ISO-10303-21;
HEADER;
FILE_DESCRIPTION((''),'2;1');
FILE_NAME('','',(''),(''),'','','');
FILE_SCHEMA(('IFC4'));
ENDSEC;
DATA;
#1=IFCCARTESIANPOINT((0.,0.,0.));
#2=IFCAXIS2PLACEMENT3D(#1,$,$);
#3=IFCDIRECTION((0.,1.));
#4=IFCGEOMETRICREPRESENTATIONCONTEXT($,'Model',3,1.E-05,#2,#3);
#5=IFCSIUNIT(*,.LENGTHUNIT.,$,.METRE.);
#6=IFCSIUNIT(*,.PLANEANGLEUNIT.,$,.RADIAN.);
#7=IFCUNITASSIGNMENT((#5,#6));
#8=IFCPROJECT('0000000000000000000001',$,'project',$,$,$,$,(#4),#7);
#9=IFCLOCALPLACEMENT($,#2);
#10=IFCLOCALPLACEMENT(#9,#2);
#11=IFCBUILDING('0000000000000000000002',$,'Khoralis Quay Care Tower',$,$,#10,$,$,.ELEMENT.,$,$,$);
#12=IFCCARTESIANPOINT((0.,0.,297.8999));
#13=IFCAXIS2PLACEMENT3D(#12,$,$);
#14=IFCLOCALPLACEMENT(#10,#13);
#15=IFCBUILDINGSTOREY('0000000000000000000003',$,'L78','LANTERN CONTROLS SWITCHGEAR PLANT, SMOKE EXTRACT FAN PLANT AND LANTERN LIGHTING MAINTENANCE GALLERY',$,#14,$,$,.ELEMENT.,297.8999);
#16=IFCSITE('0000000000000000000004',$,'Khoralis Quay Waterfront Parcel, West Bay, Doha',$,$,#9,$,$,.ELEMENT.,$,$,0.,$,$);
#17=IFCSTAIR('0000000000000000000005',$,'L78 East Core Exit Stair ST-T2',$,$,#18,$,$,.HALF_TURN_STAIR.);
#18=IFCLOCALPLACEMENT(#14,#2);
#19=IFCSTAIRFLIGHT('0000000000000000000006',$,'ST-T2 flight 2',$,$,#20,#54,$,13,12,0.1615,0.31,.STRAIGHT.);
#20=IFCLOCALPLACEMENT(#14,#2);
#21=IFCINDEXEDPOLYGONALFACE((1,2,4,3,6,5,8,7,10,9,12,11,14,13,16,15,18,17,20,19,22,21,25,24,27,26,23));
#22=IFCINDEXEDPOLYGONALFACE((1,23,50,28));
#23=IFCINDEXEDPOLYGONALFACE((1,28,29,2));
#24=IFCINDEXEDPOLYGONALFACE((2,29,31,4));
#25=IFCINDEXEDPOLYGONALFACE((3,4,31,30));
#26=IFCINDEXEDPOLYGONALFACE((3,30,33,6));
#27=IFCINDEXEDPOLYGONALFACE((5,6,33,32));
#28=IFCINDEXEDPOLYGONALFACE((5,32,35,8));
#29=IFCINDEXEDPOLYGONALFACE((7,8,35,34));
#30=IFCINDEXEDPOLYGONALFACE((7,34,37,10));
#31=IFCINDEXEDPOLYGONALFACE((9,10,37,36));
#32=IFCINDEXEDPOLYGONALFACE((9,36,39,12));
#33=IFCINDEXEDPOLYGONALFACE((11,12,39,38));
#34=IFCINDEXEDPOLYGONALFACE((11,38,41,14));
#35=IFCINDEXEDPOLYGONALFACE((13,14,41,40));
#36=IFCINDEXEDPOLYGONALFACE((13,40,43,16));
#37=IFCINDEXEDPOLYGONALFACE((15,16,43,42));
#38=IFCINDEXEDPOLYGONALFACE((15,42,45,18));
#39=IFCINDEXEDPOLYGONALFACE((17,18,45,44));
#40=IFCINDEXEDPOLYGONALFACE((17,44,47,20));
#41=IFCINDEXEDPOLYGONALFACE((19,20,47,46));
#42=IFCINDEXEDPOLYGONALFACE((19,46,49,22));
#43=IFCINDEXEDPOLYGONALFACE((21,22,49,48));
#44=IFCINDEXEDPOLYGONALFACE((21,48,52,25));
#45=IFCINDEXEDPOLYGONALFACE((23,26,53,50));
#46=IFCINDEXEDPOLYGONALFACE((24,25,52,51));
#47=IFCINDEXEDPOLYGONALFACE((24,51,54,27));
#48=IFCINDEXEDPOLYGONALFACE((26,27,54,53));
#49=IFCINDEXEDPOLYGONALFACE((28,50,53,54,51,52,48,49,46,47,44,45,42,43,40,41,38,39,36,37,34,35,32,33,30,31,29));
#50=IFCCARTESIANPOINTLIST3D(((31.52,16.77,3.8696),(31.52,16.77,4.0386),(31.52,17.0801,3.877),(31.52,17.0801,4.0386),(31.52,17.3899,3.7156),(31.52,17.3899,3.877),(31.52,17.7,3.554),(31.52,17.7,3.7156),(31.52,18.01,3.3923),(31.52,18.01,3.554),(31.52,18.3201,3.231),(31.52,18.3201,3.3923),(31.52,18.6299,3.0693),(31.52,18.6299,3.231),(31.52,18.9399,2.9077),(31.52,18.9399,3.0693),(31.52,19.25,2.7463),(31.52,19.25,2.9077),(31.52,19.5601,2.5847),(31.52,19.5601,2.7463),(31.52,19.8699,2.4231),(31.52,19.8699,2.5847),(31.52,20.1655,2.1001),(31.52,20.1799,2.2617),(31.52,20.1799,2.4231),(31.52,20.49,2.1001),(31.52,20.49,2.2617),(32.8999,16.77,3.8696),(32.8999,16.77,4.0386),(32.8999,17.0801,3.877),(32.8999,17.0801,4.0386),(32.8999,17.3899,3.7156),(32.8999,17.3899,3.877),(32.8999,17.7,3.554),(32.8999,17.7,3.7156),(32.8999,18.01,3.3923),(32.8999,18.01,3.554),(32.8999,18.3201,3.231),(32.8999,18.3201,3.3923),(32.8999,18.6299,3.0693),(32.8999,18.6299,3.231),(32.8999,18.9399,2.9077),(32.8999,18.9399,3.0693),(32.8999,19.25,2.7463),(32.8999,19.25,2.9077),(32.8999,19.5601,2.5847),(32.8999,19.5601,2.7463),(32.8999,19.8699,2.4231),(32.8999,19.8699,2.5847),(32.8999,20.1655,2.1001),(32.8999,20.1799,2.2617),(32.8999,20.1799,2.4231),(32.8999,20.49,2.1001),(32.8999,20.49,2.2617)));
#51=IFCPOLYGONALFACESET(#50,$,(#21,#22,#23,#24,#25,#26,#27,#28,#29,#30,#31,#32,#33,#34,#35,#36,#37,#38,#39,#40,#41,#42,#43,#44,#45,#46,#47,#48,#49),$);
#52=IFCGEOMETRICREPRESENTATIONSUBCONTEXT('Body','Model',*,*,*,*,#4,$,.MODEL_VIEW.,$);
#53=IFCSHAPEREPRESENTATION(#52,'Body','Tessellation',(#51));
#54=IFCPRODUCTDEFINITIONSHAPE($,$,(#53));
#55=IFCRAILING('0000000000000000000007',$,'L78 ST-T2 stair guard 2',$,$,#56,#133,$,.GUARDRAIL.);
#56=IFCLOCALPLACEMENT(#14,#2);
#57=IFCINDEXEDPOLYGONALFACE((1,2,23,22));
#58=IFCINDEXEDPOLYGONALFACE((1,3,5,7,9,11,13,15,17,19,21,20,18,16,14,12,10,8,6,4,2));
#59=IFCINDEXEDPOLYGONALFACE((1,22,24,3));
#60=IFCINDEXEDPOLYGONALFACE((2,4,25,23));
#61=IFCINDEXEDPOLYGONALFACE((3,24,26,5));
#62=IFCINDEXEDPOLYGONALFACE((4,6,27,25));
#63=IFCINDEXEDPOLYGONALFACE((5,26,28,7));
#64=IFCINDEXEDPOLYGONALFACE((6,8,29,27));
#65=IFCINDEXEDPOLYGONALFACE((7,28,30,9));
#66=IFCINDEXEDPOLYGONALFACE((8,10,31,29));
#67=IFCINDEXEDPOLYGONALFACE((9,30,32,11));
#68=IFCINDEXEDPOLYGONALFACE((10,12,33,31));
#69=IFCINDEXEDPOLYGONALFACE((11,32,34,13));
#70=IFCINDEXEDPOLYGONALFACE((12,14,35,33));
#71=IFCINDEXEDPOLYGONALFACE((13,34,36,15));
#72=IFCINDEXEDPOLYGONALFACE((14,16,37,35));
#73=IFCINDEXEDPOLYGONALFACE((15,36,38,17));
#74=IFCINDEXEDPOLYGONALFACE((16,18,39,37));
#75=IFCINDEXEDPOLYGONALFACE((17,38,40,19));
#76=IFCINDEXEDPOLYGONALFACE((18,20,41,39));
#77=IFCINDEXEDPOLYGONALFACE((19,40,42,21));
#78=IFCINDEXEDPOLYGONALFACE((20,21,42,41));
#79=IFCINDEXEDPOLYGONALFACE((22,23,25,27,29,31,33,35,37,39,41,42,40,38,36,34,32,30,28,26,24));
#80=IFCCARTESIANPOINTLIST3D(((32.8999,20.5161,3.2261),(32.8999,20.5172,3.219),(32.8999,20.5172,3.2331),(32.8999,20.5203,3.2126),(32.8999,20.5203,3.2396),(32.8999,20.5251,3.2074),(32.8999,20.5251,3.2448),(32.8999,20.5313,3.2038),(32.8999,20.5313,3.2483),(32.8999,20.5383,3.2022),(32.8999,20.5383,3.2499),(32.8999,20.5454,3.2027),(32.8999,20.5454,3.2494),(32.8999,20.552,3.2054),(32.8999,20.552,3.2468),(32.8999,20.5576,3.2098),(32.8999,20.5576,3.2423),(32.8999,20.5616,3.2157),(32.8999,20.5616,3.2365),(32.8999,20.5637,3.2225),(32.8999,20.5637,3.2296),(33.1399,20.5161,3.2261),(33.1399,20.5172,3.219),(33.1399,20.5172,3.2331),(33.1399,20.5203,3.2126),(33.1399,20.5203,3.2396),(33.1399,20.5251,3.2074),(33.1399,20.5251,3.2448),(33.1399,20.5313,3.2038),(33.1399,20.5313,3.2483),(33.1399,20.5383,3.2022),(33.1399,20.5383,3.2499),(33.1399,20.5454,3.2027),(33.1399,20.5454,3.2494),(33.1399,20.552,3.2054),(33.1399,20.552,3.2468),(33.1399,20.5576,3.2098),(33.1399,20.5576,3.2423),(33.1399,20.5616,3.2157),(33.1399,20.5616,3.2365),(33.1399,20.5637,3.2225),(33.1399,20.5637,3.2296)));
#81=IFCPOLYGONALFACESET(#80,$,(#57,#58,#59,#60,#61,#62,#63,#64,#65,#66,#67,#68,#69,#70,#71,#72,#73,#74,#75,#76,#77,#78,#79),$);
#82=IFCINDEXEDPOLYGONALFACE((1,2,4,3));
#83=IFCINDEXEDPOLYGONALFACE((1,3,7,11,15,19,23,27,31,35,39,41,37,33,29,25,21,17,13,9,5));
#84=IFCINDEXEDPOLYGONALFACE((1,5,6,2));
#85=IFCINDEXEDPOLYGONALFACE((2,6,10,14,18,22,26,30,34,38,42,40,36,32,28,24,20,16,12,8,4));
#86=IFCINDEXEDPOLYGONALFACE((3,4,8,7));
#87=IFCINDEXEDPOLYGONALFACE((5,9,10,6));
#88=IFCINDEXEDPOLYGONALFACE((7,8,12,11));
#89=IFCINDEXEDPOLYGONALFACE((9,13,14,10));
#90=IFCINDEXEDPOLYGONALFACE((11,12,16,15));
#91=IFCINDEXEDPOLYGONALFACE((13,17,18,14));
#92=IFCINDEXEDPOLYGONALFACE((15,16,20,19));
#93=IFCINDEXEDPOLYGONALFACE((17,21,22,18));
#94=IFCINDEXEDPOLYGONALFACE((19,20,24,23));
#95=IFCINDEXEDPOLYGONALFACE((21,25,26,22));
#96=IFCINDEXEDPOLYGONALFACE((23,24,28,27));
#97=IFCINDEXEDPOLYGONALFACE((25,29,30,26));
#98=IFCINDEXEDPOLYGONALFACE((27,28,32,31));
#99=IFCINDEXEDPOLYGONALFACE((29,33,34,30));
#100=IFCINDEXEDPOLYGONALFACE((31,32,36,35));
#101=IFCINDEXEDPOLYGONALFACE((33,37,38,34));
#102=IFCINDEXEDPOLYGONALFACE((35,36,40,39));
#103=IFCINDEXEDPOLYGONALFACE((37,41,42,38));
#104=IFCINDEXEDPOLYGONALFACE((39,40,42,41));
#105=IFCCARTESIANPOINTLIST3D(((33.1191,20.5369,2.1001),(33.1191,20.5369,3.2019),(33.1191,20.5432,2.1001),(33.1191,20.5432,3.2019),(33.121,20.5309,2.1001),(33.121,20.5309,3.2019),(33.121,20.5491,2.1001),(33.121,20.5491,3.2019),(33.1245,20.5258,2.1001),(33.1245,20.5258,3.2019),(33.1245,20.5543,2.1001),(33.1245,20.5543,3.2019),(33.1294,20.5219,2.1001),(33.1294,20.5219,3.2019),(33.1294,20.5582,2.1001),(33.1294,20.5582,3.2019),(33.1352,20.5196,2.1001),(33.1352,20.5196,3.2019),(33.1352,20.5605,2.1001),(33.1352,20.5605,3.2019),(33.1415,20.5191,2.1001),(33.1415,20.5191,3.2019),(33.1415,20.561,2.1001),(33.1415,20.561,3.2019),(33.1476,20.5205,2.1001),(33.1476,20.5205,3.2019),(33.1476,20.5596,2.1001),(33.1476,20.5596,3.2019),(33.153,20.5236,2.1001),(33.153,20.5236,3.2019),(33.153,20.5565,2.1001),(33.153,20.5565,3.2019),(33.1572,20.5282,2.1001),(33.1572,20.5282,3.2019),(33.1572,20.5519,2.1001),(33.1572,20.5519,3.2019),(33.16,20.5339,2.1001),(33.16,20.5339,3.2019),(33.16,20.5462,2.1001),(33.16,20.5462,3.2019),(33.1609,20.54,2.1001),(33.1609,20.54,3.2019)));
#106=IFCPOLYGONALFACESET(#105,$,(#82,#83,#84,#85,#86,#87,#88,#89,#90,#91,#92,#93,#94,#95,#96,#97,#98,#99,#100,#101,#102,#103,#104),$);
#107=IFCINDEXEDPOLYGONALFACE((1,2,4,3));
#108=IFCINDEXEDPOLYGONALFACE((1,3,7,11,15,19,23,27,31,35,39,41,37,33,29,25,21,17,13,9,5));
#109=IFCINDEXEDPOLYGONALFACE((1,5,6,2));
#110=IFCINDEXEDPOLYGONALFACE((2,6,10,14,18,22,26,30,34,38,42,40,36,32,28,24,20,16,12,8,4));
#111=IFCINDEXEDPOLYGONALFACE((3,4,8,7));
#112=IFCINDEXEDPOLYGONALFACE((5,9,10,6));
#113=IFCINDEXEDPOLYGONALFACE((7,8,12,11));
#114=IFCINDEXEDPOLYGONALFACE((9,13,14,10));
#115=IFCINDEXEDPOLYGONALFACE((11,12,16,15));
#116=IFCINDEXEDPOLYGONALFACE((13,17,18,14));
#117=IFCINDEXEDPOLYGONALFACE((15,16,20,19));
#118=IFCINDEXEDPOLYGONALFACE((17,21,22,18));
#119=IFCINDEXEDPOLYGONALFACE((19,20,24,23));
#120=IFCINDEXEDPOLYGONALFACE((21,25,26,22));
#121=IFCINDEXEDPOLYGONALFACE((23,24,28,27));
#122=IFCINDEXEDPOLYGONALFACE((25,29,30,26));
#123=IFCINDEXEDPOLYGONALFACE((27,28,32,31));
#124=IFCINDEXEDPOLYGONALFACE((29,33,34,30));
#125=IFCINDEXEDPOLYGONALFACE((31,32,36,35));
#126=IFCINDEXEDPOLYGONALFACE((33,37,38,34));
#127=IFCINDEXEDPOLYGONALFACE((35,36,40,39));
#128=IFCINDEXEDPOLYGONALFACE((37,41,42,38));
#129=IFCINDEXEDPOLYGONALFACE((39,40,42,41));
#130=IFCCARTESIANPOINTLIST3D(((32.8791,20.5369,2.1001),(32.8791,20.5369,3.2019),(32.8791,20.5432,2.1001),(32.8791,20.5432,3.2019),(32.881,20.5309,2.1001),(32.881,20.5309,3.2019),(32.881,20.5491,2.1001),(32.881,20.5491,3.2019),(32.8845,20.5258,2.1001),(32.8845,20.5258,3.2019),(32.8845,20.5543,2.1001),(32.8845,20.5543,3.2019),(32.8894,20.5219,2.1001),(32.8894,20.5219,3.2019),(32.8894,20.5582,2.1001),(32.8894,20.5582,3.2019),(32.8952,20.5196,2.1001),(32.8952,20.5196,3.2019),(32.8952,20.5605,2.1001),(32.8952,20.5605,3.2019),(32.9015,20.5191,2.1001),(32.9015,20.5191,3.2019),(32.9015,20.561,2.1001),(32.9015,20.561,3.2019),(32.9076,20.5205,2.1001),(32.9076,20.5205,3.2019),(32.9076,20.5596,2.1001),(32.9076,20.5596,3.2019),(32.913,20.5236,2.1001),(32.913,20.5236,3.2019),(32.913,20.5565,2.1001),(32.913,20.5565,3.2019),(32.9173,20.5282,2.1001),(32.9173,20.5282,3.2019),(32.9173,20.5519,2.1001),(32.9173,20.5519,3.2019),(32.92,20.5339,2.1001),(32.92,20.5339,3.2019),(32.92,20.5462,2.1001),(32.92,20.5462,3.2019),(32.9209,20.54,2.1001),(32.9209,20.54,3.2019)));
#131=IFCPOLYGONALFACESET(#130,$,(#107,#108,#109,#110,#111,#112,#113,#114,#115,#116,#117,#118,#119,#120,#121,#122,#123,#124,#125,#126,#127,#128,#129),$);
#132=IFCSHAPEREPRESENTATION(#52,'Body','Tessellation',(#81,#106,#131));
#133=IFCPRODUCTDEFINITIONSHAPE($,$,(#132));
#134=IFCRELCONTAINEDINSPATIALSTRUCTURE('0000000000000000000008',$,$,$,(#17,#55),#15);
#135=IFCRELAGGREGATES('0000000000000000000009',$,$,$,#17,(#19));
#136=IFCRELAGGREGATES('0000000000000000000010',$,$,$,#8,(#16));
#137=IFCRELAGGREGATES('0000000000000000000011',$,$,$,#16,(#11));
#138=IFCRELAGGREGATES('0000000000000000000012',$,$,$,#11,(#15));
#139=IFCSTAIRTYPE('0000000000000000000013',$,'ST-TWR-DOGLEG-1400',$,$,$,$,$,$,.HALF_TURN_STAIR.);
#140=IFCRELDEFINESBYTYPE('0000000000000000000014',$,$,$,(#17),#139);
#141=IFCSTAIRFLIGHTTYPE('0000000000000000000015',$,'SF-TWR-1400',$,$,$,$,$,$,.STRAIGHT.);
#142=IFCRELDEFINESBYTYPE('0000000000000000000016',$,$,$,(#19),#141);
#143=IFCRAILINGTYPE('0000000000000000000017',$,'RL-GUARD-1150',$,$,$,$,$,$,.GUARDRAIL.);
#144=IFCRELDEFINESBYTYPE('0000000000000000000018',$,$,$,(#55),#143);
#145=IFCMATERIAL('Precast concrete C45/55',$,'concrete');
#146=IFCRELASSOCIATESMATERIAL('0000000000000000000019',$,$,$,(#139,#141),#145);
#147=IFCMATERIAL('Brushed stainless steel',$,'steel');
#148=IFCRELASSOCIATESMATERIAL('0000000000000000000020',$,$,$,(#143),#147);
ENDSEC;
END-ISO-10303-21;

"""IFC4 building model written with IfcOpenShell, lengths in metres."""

from ifc_helpers import new_model, si_unit, direction, frame, origin, origin_2d, place, context, subcontext, project, spatial, polyline, circle, outline, extrude, source, transform, mapped, material, type_object, element, aggregate, save


model = new_model("IFC4")

# Units and contexts
model_context = context("Model", 3, precision=1e-05, world=origin(), true_north=direction((0.0, 1.0)))
body_context = subcontext(model_context, "Body", "Model", "MODEL_VIEW")
ifc_project = project(units=[si_unit("LENGTHUNIT", "METRE"), si_unit("PLANEANGLEUNIT", "RADIAN")], contexts=[model_context])

# Site, building, storey
site_placement = place(None, origin())
site = spatial("IfcSite", under=ifc_project, at=site_placement, Name="Khoralis Quay Waterfront Parcel, West Bay, Doha", CompositionType="ELEMENT", RefElevation=0.0)
building_placement = place(site_placement, origin())
building = spatial("IfcBuilding", under=site, at=building_placement, Name="Khoralis Quay Care Tower", CompositionType="ELEMENT")
storey_placement = place(building_placement, frame((0.0, 0.0, 297.8999)))
storey = spatial("IfcBuildingStorey", under=building, at=storey_placement, Name="L78", Description="LANTERN CONTROLS SWITCHGEAR PLANT, SMOKE EXTRACT FAN PLANT AND LANTERN LIGHTING MAINTENANCE GALLERY", CompositionType="ELEMENT", Elevation=297.8999)

# Stair, stair flight
ifc_material_1 = material(Name="Precast concrete C45/55", Category="concrete")
stair_type = type_object("IfcStairType", Name="ST-TWR-DOGLEG-1400", PredefinedType="HALF_TURN_STAIR", material=ifc_material_1)
stair_placement = place(storey_placement, origin())
stair = element("IfcStair", 1, at=stair_placement, inside=storey, type_object=stair_type, Name="L78 East Core Exit Stair ST-T2", PredefinedType="HALF_TURN_STAIR")
stair_flight_type = type_object("IfcStairFlightType", Name="SF-TWR-1400", PredefinedType="STRAIGHT", material=ifc_material_1)
shared_shape_1 = source(origin(), body_context, "Body", "SweptSolid", [
    extrude(outline(polyline([(0.0, 0.0), (0.0, 0.1616), (0.3101, 0.1616), (0.3101, 0.323), (0.6201, 0.323), (0.6201, 0.4846), (0.9299, 0.4846), (0.9299, 0.6462), (1.24, 0.6462), (1.24, 0.8076), (1.55, 0.8076), (1.55, 0.9692), (1.8601, 0.9692), (1.8601, 1.1309), (2.1699, 1.1309), (2.1699, 1.2922), (2.48, 1.2922), (2.48, 1.4539), (2.79, 1.4539), (2.79, 1.6155), (3.1001, 1.6155), (3.1001, 1.7769), (3.4099, 1.7769), (3.4099, 1.9385), (3.72, 1.9385), (3.72, 2.1001), (3.72, 1.7695), (0.3245, 0.0), (0.0, 0.0)])), frame((0.0, 0.6899, 0.0), z_axis=(0.0, -1.0, 0.0), x_axis=(1.0, 0.0, 0.0)), (0.0, 0.0, 1.0), 1.3799),
])
stair_flight_placement = place(storey_placement, frame((32.21, 20.49, 2.1001), z_axis=(0.0, 0.0, 1.0), x_axis=(0.0, -1.0, 0.0)))
stair_flight = element("IfcStairFlight", 2, at=stair_flight_placement, type_object=stair_flight_type, Name="ST-T2 flight 2", NumberOfRisers=13, NumberOfTreads=12, PredefinedType="STRAIGHT", RiserHeight=0.1615, TreadLength=0.31, context=body_context, shape_type="MappedRepresentation", body=[
    mapped(shared_shape_1, transform((0.0, 0.0, 0.0), scale=1.0)),
])
aggregate(stair, [stair_flight])

# Railing
ifc_material_2 = material(Name="Brushed stainless steel", Category="steel")
railing_type_1 = type_object("IfcRailingType", Name="RL-GUARD-1150", PredefinedType="GUARDRAIL", material=ifc_material_2)
railing_1_placement = place(storey_placement, frame((33.1399, 20.54, 2.1001)))
element("IfcRailing", 3, at=railing_1_placement, inside=storey, type_object=railing_type_1, Name="L78 ST-T2 stair guard 2", PredefinedType="GUARDRAIL", context=body_context, shape_type="SweptSolid", body=[
    extrude(circle(Radius=0.0239, at=origin_2d()), frame((0.0, 0.0, 1.126), z_axis=(-1.0, 0.0, 0.0), x_axis=(0.0, -1.0, 0.0)), (0.0, 0.0, 1.0), 0.24),
    extrude(circle(Radius=0.021, at=origin_2d()), origin(), (0.0, 0.0, 1.0), 1.1018),
    extrude(circle(Radius=0.021, at=origin_2d()), frame((-0.24, 0.0, 0.0)), (0.0, 0.0, 1.0), 1.1018),
])

save(model, "model.ifc")
